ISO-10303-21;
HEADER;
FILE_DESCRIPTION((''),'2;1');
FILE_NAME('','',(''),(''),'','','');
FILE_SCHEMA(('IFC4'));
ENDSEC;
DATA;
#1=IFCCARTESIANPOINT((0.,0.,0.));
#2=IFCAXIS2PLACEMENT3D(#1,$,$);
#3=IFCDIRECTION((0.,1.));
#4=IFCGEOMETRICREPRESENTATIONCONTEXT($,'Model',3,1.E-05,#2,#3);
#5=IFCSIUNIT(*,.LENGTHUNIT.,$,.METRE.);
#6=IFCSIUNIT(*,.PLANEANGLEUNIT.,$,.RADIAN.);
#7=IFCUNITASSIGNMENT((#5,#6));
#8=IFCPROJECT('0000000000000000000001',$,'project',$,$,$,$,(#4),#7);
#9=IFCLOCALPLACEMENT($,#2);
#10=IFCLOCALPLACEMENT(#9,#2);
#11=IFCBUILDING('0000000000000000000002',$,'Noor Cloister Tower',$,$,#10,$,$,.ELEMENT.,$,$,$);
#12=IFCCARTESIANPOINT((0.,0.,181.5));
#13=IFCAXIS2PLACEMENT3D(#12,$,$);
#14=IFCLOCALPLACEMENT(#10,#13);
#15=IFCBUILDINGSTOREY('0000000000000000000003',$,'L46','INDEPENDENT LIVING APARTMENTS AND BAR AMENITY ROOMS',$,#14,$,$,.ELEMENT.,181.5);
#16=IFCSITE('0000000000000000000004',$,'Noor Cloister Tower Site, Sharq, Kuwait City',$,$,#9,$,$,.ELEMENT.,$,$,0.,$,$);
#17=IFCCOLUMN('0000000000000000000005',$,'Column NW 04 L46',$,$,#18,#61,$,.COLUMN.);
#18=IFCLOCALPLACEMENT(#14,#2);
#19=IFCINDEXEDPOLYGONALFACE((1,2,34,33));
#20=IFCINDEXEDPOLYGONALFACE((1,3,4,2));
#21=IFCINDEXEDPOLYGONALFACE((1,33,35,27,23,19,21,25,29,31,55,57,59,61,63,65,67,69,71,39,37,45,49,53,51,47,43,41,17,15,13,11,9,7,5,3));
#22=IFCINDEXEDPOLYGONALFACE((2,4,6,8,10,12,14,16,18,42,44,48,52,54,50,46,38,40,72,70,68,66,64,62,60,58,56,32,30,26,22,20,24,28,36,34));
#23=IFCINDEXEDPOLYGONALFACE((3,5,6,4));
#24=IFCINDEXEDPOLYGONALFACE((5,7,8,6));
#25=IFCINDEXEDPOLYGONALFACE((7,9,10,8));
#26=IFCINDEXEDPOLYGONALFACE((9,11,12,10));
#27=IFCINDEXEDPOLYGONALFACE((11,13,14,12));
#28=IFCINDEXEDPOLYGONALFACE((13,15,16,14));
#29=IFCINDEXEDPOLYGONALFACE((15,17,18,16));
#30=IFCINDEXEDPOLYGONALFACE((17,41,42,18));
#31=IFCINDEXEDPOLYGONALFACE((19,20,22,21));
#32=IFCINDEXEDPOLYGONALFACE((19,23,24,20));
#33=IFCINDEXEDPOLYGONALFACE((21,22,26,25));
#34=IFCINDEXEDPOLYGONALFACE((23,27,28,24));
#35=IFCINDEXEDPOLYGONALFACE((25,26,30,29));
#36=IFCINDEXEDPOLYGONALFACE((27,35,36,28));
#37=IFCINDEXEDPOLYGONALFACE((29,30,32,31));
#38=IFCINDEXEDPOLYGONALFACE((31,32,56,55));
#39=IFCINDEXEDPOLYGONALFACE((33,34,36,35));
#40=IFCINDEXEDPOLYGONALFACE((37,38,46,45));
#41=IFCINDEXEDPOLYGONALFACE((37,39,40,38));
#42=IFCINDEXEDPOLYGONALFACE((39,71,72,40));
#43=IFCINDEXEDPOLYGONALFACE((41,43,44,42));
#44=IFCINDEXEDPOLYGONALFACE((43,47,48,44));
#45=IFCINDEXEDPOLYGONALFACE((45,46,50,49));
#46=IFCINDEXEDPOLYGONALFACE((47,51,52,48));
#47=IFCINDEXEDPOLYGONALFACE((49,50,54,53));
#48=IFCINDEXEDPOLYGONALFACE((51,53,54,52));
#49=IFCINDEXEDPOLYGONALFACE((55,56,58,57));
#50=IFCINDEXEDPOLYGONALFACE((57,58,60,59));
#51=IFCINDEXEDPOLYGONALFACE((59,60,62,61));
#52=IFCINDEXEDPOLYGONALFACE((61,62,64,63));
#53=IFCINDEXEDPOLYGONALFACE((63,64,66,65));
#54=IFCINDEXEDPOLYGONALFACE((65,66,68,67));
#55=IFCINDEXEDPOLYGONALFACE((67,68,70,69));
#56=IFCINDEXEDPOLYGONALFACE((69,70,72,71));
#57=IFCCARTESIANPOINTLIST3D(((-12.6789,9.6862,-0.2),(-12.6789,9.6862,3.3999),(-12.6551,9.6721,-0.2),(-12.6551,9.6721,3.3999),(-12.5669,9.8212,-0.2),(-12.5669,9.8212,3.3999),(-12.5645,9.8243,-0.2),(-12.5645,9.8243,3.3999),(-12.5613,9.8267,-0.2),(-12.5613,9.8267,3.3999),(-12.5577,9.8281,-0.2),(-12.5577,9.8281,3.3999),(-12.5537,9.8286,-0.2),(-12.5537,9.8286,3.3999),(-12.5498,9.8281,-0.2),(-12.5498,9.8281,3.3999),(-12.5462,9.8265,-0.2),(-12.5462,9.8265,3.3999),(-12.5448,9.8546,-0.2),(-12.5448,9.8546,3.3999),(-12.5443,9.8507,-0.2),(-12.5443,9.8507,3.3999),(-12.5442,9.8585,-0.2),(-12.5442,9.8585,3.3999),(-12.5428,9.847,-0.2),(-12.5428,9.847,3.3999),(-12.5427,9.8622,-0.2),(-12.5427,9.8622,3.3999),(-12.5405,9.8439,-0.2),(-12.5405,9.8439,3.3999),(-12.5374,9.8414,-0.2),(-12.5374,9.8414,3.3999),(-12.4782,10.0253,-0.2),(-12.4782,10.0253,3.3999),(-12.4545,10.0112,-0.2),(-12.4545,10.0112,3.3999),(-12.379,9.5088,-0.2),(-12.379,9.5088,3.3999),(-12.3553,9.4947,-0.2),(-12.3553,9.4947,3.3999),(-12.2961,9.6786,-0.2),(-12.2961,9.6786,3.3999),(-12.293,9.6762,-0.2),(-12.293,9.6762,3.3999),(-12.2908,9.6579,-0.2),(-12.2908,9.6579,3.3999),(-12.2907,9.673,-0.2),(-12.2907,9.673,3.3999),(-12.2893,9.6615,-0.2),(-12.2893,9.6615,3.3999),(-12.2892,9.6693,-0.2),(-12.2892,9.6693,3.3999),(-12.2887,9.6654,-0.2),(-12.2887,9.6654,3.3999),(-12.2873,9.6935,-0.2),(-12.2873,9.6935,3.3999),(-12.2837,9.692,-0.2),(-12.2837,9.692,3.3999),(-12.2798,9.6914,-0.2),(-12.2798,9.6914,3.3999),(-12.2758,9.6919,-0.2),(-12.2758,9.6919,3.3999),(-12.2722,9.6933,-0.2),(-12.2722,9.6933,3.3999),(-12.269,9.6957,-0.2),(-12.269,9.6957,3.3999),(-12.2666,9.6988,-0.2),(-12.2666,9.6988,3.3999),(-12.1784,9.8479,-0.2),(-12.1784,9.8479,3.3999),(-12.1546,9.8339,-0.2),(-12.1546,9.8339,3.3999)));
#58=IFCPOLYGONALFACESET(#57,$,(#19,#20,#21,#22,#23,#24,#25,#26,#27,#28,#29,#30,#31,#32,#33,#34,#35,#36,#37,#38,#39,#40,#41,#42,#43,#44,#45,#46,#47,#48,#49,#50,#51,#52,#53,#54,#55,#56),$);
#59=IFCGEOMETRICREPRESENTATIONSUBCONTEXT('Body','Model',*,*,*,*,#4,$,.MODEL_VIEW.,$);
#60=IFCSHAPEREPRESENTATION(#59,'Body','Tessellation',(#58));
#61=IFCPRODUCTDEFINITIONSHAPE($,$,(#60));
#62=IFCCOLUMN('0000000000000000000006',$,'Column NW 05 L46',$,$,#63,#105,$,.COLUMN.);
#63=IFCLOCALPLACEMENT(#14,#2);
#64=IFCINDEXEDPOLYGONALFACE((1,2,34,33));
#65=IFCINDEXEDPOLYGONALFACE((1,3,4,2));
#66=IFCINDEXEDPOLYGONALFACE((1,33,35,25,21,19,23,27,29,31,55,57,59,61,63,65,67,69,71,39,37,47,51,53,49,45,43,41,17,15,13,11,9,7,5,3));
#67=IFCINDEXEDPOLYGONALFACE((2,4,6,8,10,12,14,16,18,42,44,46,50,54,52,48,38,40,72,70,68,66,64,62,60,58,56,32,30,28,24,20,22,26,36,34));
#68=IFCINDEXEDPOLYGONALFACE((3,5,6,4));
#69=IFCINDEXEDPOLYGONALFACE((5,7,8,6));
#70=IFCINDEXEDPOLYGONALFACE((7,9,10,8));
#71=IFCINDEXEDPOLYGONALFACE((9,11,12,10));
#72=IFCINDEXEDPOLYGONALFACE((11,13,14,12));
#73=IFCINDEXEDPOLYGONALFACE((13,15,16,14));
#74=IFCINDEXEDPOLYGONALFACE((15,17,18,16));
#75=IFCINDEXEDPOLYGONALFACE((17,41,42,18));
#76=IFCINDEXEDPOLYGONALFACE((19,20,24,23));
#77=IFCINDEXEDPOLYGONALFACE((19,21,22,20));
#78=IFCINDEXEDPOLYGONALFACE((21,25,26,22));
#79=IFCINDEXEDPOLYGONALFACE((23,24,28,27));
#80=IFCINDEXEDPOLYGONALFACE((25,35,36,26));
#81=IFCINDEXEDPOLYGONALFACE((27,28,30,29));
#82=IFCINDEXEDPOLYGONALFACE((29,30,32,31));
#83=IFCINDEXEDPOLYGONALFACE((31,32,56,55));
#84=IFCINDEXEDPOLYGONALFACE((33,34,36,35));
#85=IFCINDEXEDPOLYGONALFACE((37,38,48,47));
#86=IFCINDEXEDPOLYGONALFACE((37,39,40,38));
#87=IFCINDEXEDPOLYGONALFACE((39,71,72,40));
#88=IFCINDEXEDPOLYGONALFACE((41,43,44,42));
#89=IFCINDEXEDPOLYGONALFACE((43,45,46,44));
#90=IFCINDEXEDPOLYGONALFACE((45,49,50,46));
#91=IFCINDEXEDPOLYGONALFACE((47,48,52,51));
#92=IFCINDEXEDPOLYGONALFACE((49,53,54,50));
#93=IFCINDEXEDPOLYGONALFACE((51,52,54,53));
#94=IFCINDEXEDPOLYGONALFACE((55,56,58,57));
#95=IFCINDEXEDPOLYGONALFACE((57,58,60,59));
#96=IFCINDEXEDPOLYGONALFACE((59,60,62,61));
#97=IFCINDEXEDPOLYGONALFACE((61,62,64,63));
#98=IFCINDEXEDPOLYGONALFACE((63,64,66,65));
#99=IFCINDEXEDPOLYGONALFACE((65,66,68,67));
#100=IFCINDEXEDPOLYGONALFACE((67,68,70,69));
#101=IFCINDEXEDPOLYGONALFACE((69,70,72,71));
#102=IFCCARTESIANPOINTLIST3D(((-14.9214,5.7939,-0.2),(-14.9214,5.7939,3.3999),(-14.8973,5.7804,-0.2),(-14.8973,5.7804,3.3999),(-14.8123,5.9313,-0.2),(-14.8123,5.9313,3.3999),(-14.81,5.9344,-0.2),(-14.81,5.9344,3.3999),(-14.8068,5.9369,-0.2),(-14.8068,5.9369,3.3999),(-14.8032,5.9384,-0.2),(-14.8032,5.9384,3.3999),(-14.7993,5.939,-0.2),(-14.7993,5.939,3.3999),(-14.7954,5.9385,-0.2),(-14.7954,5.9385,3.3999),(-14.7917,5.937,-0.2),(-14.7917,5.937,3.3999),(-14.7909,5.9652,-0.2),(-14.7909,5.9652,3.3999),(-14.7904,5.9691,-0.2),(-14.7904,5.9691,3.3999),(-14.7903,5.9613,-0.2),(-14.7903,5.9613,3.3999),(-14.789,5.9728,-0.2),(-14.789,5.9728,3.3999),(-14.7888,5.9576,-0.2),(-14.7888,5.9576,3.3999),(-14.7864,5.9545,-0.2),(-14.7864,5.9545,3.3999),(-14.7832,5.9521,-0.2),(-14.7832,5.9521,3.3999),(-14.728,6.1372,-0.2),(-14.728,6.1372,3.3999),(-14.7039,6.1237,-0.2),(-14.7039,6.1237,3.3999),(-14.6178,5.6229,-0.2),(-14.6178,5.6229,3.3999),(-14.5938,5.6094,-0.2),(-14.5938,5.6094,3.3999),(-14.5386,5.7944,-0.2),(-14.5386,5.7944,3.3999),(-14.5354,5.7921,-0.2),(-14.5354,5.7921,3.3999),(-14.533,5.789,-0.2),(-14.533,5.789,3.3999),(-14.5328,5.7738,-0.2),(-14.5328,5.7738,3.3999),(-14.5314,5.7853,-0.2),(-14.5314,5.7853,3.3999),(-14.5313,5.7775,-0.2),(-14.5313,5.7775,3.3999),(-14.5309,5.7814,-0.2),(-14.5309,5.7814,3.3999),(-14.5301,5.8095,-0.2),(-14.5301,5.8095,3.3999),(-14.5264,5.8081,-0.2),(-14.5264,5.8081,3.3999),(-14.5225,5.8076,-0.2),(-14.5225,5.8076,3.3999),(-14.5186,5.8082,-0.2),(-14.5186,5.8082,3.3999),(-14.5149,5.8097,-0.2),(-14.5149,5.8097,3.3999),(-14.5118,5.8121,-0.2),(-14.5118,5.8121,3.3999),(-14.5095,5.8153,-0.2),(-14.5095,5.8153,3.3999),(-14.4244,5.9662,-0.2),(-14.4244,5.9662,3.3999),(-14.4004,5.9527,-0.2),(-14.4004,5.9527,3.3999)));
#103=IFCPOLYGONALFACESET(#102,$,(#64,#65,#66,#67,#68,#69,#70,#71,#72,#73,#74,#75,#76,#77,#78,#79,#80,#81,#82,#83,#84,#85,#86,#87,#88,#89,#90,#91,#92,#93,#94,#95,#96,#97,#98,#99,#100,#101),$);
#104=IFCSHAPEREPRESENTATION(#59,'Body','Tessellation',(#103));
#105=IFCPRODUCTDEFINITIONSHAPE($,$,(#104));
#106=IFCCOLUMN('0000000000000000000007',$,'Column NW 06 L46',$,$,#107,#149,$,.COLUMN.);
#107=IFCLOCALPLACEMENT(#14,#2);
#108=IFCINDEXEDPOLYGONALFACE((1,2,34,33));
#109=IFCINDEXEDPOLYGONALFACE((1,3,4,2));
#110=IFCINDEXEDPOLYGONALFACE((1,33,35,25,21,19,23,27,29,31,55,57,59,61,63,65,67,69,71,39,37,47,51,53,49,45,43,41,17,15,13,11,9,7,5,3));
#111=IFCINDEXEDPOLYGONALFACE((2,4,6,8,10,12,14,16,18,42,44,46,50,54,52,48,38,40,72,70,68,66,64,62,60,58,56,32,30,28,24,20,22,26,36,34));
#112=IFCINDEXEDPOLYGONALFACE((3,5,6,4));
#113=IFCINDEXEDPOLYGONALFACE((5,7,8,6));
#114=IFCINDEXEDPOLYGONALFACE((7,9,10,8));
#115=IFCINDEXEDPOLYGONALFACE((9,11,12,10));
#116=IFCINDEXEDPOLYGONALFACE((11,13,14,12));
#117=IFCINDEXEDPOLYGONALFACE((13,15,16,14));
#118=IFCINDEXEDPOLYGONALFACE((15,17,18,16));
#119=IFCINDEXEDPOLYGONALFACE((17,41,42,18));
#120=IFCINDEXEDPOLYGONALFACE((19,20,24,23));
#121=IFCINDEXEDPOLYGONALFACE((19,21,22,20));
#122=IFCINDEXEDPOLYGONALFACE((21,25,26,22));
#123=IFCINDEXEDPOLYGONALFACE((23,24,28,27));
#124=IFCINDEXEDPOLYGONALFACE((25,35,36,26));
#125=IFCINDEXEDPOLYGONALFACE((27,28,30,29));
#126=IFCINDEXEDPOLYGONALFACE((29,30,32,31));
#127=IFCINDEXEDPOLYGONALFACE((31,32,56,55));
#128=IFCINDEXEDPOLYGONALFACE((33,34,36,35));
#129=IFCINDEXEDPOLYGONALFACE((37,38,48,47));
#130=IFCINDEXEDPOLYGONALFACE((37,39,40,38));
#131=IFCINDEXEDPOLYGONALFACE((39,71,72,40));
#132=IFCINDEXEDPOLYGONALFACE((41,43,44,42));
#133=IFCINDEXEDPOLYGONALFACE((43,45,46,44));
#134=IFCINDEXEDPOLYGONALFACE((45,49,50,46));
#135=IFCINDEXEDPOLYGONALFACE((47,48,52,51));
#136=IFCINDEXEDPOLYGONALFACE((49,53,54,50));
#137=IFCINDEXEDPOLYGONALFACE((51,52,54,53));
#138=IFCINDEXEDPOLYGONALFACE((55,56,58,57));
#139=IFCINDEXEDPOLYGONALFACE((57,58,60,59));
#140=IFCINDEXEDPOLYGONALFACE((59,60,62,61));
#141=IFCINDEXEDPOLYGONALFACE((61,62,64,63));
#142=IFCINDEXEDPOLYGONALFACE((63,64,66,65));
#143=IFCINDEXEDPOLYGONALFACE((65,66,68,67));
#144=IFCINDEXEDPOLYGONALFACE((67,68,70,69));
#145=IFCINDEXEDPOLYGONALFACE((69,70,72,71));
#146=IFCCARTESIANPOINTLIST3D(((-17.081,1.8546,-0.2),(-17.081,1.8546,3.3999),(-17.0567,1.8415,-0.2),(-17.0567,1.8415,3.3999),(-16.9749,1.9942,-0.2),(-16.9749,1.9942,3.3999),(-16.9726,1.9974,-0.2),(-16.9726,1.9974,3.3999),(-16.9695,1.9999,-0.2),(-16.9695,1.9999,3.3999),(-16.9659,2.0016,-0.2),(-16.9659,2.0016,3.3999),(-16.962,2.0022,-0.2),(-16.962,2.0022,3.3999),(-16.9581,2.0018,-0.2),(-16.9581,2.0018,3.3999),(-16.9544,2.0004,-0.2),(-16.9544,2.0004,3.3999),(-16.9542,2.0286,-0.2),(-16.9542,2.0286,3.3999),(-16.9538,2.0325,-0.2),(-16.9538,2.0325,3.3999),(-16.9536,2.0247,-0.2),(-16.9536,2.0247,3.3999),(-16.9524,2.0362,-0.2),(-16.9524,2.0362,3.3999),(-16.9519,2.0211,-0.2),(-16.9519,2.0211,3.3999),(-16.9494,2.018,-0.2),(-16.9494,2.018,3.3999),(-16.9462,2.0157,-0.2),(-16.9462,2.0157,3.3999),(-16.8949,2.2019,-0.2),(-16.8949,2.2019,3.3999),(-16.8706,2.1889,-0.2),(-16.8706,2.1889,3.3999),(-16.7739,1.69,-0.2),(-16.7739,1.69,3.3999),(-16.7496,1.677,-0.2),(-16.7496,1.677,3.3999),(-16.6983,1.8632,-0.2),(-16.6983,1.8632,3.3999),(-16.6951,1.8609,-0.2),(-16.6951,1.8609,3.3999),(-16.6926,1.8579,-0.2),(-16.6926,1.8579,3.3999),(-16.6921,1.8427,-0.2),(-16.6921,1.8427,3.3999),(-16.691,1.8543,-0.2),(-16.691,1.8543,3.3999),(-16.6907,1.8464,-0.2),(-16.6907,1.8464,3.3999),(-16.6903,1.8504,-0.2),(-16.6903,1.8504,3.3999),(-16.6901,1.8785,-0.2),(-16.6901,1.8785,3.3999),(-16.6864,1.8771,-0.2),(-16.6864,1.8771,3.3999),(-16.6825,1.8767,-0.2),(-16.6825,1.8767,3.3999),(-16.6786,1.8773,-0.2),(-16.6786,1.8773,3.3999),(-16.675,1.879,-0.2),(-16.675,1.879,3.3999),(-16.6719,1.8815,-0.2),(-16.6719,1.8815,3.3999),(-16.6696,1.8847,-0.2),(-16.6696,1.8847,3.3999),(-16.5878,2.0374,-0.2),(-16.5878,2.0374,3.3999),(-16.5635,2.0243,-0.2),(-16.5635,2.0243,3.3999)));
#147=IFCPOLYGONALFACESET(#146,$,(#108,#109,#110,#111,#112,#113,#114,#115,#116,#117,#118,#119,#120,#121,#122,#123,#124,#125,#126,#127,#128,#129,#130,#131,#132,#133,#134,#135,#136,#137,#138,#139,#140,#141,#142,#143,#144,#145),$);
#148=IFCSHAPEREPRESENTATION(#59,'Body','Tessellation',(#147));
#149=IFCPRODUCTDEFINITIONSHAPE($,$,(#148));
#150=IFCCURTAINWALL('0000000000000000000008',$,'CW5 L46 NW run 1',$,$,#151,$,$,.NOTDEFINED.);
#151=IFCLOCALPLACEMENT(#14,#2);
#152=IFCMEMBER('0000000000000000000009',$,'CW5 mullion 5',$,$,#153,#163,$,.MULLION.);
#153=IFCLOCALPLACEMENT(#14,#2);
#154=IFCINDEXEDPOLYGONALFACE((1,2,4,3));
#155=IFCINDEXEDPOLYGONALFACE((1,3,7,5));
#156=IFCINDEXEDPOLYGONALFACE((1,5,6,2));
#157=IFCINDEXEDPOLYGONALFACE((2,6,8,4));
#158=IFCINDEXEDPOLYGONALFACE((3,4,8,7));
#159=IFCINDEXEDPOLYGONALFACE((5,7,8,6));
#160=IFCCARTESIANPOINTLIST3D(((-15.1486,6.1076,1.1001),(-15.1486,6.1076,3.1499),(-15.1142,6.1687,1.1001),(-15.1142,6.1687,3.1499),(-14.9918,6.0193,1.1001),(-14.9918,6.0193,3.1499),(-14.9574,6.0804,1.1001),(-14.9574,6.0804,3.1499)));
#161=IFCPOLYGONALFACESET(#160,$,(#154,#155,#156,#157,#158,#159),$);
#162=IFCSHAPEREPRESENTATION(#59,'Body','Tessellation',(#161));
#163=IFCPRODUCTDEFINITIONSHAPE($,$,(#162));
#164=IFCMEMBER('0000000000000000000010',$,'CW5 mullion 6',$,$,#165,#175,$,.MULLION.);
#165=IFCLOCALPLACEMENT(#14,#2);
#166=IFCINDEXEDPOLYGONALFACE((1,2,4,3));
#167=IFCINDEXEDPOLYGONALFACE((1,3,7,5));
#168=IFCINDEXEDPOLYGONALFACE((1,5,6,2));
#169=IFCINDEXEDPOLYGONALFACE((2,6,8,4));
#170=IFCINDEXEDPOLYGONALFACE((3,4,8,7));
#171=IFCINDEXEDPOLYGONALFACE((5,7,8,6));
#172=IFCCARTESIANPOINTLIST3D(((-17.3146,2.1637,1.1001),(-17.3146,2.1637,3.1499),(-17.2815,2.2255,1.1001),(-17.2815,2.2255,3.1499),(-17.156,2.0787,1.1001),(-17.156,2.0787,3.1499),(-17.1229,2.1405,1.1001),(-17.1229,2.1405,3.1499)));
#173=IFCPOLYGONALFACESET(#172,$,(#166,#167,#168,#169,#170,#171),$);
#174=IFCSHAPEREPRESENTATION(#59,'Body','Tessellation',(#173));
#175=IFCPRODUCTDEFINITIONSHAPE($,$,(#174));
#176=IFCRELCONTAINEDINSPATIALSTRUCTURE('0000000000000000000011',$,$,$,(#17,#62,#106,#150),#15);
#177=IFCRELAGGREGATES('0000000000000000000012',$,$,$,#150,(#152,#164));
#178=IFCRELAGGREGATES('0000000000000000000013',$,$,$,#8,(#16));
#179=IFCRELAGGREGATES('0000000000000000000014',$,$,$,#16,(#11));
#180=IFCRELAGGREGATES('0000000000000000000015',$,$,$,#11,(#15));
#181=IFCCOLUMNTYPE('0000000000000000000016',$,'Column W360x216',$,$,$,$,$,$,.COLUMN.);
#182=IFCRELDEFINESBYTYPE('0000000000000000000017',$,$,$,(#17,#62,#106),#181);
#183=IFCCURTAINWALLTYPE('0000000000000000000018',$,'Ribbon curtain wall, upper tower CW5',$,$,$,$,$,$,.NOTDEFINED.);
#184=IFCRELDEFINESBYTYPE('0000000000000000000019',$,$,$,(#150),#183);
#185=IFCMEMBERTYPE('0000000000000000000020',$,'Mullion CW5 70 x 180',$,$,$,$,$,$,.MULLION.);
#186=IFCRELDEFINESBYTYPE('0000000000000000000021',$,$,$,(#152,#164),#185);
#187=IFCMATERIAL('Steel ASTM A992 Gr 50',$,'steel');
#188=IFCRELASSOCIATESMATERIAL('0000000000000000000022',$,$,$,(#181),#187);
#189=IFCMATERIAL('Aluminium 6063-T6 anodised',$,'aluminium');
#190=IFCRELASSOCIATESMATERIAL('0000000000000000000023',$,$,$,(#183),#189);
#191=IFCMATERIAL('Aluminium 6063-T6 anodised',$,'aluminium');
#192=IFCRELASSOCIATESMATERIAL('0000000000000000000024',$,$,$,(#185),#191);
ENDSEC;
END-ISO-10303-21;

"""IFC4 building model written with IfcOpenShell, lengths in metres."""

from ifc_helpers import new_model, si_unit, direction, frame, origin, origin_2d, place, context, subcontext, project, spatial, rectangle, i_section, extrude, material, material_profile, profile_set, type_object, element, aggregate, save


model = new_model("IFC4")

# Units and contexts
model_context = context("Model", 3, precision=1e-05, world=origin(), true_north=direction((0.0, 1.0)))
body_context = subcontext(model_context, "Body", "Model", "MODEL_VIEW")
ifc_project = project(units=[si_unit("LENGTHUNIT", "METRE"), si_unit("PLANEANGLEUNIT", "RADIAN")], contexts=[model_context])

# Site, building, storey
site_placement = place(None, origin())
site = spatial("IfcSite", under=ifc_project, at=site_placement, Name="Noor Cloister Tower Site, Sharq, Kuwait City", CompositionType="ELEMENT", RefElevation=0.0)
building_placement = place(site_placement, origin())
building = spatial("IfcBuilding", under=site, at=building_placement, Name="Noor Cloister Tower", CompositionType="ELEMENT")
storey_placement = place(building_placement, frame((0.0, 0.0, 181.5)))
storey = spatial("IfcBuildingStorey", under=building, at=storey_placement, Name="L46", Description="INDEPENDENT LIVING APARTMENTS AND BAR AMENITY ROOMS", CompositionType="ELEMENT", Elevation=181.5)

# Columns
ifc_material_1 = material(Name="Steel ASTM A992 Gr 50", Category="steel")
ifc_material_profile_1 = material_profile(ifc_material_1, i_section(OverallWidth=0.394, OverallDepth=0.376, WebThickness=0.0173, FlangeThickness=0.0276, FilletRadius=0.0151, at=origin_2d()), Name="W360x216")
ifc_profile_set_1 = profile_set([ifc_material_profile_1], Name="Steel ASTM A992 Gr 50")
column_type = type_object("IfcColumnType", Name="Column W360x216", PredefinedType="COLUMN", material=ifc_profile_set_1)
for number, where, z_axis, x_axis, name in (
    (1, (-12.4167, 9.76, -0.2), (0.0, 0.0, 1.0), (-0.509144, -0.860682, 0.0), "Column NW 04 L46"),
    (2, (-14.6609, 5.8733, -0.2), (0.0, 0.0, 1.0), (-0.4908, -0.871272, 0.0), "Column NW 05 L46"),
    (3, (-16.8223, 1.9395, -0.2), (0.0, 0.0, 1.0), (-0.472237, -0.881472, 0.0), "Column NW 06 L46"),
):
    element("IfcColumn", number, at=place(storey_placement, frame(where, z_axis=z_axis, x_axis=x_axis)), inside=storey, type_object=column_type, Name=name, PredefinedType="COLUMN", context=body_context, shape_type="SweptSolid", body=[
        extrude(i_section(OverallWidth=0.394, OverallDepth=0.376, WebThickness=0.0173, FlangeThickness=0.0276, FilletRadius=0.0151, at=origin_2d()), origin(), (0.0, 0.0, 1.0), 3.5999),
    ])

# Curtain wall, members
ifc_material_2 = material(Name="Aluminium 6063-T6 anodised", Category="aluminium")
curtain_wall_type = type_object("IfcCurtainWallType", Name="Ribbon curtain wall, upper tower CW5", PredefinedType="NOTDEFINED", material=ifc_material_2)
curtain_wall_placement = place(storey_placement, origin())
curtain_wall = element("IfcCurtainWall", 4, at=curtain_wall_placement, inside=storey, type_object=curtain_wall_type, Name="CW5 L46 NW run 1", PredefinedType="NOTDEFINED")
ifc_material_3 = material(Name="Aluminium 6063-T6 anodised", Category="aluminium")
ifc_material_profile_2 = material_profile(ifc_material_3, rectangle(XDim=0.1799, YDim=0.0701, at=origin_2d()), Name="180 x 70 mullion")
ifc_profile_set_2 = profile_set([ifc_material_profile_2], Name="Aluminium 6063-T6 anodised")
member_type = type_object("IfcMemberType", Name="Mullion CW5 70 x 180", PredefinedType="MULLION", material=ifc_profile_set_2)
member_1_placement = place(storey_placement, frame((-15.053, 6.094, 1.1001), z_axis=(0.0, 0.0, 1.0), x_axis=(0.871272, -0.4908, 0.0)))
member_1 = element("IfcMember", 5, at=member_1_placement, type_object=member_type, Name="CW5 mullion 5", PredefinedType="MULLION", context=body_context, shape_type="SweptSolid", body=[
    extrude(rectangle(XDim=0.1799, YDim=0.0701, at=origin_2d()), origin(), (0.0, 0.0, 1.0), 2.0498),
])
member_2_placement = place(storey_placement, frame((-17.2188, 2.1521, 1.1001), z_axis=(0.0, 0.0, 1.0), x_axis=(0.881472, -0.472237, 0.0)))
member_2 = element("IfcMember", 6, at=member_2_placement, type_object=member_type, Name="CW5 mullion 6", PredefinedType="MULLION", context=body_context, shape_type="SweptSolid", body=[
    extrude(rectangle(XDim=0.1799, YDim=0.0701, at=origin_2d()), origin(), (0.0, 0.0, 1.0), 2.0498),
])

aggregate(curtain_wall, [member_1, member_2])

save(model, "model.ifc")
